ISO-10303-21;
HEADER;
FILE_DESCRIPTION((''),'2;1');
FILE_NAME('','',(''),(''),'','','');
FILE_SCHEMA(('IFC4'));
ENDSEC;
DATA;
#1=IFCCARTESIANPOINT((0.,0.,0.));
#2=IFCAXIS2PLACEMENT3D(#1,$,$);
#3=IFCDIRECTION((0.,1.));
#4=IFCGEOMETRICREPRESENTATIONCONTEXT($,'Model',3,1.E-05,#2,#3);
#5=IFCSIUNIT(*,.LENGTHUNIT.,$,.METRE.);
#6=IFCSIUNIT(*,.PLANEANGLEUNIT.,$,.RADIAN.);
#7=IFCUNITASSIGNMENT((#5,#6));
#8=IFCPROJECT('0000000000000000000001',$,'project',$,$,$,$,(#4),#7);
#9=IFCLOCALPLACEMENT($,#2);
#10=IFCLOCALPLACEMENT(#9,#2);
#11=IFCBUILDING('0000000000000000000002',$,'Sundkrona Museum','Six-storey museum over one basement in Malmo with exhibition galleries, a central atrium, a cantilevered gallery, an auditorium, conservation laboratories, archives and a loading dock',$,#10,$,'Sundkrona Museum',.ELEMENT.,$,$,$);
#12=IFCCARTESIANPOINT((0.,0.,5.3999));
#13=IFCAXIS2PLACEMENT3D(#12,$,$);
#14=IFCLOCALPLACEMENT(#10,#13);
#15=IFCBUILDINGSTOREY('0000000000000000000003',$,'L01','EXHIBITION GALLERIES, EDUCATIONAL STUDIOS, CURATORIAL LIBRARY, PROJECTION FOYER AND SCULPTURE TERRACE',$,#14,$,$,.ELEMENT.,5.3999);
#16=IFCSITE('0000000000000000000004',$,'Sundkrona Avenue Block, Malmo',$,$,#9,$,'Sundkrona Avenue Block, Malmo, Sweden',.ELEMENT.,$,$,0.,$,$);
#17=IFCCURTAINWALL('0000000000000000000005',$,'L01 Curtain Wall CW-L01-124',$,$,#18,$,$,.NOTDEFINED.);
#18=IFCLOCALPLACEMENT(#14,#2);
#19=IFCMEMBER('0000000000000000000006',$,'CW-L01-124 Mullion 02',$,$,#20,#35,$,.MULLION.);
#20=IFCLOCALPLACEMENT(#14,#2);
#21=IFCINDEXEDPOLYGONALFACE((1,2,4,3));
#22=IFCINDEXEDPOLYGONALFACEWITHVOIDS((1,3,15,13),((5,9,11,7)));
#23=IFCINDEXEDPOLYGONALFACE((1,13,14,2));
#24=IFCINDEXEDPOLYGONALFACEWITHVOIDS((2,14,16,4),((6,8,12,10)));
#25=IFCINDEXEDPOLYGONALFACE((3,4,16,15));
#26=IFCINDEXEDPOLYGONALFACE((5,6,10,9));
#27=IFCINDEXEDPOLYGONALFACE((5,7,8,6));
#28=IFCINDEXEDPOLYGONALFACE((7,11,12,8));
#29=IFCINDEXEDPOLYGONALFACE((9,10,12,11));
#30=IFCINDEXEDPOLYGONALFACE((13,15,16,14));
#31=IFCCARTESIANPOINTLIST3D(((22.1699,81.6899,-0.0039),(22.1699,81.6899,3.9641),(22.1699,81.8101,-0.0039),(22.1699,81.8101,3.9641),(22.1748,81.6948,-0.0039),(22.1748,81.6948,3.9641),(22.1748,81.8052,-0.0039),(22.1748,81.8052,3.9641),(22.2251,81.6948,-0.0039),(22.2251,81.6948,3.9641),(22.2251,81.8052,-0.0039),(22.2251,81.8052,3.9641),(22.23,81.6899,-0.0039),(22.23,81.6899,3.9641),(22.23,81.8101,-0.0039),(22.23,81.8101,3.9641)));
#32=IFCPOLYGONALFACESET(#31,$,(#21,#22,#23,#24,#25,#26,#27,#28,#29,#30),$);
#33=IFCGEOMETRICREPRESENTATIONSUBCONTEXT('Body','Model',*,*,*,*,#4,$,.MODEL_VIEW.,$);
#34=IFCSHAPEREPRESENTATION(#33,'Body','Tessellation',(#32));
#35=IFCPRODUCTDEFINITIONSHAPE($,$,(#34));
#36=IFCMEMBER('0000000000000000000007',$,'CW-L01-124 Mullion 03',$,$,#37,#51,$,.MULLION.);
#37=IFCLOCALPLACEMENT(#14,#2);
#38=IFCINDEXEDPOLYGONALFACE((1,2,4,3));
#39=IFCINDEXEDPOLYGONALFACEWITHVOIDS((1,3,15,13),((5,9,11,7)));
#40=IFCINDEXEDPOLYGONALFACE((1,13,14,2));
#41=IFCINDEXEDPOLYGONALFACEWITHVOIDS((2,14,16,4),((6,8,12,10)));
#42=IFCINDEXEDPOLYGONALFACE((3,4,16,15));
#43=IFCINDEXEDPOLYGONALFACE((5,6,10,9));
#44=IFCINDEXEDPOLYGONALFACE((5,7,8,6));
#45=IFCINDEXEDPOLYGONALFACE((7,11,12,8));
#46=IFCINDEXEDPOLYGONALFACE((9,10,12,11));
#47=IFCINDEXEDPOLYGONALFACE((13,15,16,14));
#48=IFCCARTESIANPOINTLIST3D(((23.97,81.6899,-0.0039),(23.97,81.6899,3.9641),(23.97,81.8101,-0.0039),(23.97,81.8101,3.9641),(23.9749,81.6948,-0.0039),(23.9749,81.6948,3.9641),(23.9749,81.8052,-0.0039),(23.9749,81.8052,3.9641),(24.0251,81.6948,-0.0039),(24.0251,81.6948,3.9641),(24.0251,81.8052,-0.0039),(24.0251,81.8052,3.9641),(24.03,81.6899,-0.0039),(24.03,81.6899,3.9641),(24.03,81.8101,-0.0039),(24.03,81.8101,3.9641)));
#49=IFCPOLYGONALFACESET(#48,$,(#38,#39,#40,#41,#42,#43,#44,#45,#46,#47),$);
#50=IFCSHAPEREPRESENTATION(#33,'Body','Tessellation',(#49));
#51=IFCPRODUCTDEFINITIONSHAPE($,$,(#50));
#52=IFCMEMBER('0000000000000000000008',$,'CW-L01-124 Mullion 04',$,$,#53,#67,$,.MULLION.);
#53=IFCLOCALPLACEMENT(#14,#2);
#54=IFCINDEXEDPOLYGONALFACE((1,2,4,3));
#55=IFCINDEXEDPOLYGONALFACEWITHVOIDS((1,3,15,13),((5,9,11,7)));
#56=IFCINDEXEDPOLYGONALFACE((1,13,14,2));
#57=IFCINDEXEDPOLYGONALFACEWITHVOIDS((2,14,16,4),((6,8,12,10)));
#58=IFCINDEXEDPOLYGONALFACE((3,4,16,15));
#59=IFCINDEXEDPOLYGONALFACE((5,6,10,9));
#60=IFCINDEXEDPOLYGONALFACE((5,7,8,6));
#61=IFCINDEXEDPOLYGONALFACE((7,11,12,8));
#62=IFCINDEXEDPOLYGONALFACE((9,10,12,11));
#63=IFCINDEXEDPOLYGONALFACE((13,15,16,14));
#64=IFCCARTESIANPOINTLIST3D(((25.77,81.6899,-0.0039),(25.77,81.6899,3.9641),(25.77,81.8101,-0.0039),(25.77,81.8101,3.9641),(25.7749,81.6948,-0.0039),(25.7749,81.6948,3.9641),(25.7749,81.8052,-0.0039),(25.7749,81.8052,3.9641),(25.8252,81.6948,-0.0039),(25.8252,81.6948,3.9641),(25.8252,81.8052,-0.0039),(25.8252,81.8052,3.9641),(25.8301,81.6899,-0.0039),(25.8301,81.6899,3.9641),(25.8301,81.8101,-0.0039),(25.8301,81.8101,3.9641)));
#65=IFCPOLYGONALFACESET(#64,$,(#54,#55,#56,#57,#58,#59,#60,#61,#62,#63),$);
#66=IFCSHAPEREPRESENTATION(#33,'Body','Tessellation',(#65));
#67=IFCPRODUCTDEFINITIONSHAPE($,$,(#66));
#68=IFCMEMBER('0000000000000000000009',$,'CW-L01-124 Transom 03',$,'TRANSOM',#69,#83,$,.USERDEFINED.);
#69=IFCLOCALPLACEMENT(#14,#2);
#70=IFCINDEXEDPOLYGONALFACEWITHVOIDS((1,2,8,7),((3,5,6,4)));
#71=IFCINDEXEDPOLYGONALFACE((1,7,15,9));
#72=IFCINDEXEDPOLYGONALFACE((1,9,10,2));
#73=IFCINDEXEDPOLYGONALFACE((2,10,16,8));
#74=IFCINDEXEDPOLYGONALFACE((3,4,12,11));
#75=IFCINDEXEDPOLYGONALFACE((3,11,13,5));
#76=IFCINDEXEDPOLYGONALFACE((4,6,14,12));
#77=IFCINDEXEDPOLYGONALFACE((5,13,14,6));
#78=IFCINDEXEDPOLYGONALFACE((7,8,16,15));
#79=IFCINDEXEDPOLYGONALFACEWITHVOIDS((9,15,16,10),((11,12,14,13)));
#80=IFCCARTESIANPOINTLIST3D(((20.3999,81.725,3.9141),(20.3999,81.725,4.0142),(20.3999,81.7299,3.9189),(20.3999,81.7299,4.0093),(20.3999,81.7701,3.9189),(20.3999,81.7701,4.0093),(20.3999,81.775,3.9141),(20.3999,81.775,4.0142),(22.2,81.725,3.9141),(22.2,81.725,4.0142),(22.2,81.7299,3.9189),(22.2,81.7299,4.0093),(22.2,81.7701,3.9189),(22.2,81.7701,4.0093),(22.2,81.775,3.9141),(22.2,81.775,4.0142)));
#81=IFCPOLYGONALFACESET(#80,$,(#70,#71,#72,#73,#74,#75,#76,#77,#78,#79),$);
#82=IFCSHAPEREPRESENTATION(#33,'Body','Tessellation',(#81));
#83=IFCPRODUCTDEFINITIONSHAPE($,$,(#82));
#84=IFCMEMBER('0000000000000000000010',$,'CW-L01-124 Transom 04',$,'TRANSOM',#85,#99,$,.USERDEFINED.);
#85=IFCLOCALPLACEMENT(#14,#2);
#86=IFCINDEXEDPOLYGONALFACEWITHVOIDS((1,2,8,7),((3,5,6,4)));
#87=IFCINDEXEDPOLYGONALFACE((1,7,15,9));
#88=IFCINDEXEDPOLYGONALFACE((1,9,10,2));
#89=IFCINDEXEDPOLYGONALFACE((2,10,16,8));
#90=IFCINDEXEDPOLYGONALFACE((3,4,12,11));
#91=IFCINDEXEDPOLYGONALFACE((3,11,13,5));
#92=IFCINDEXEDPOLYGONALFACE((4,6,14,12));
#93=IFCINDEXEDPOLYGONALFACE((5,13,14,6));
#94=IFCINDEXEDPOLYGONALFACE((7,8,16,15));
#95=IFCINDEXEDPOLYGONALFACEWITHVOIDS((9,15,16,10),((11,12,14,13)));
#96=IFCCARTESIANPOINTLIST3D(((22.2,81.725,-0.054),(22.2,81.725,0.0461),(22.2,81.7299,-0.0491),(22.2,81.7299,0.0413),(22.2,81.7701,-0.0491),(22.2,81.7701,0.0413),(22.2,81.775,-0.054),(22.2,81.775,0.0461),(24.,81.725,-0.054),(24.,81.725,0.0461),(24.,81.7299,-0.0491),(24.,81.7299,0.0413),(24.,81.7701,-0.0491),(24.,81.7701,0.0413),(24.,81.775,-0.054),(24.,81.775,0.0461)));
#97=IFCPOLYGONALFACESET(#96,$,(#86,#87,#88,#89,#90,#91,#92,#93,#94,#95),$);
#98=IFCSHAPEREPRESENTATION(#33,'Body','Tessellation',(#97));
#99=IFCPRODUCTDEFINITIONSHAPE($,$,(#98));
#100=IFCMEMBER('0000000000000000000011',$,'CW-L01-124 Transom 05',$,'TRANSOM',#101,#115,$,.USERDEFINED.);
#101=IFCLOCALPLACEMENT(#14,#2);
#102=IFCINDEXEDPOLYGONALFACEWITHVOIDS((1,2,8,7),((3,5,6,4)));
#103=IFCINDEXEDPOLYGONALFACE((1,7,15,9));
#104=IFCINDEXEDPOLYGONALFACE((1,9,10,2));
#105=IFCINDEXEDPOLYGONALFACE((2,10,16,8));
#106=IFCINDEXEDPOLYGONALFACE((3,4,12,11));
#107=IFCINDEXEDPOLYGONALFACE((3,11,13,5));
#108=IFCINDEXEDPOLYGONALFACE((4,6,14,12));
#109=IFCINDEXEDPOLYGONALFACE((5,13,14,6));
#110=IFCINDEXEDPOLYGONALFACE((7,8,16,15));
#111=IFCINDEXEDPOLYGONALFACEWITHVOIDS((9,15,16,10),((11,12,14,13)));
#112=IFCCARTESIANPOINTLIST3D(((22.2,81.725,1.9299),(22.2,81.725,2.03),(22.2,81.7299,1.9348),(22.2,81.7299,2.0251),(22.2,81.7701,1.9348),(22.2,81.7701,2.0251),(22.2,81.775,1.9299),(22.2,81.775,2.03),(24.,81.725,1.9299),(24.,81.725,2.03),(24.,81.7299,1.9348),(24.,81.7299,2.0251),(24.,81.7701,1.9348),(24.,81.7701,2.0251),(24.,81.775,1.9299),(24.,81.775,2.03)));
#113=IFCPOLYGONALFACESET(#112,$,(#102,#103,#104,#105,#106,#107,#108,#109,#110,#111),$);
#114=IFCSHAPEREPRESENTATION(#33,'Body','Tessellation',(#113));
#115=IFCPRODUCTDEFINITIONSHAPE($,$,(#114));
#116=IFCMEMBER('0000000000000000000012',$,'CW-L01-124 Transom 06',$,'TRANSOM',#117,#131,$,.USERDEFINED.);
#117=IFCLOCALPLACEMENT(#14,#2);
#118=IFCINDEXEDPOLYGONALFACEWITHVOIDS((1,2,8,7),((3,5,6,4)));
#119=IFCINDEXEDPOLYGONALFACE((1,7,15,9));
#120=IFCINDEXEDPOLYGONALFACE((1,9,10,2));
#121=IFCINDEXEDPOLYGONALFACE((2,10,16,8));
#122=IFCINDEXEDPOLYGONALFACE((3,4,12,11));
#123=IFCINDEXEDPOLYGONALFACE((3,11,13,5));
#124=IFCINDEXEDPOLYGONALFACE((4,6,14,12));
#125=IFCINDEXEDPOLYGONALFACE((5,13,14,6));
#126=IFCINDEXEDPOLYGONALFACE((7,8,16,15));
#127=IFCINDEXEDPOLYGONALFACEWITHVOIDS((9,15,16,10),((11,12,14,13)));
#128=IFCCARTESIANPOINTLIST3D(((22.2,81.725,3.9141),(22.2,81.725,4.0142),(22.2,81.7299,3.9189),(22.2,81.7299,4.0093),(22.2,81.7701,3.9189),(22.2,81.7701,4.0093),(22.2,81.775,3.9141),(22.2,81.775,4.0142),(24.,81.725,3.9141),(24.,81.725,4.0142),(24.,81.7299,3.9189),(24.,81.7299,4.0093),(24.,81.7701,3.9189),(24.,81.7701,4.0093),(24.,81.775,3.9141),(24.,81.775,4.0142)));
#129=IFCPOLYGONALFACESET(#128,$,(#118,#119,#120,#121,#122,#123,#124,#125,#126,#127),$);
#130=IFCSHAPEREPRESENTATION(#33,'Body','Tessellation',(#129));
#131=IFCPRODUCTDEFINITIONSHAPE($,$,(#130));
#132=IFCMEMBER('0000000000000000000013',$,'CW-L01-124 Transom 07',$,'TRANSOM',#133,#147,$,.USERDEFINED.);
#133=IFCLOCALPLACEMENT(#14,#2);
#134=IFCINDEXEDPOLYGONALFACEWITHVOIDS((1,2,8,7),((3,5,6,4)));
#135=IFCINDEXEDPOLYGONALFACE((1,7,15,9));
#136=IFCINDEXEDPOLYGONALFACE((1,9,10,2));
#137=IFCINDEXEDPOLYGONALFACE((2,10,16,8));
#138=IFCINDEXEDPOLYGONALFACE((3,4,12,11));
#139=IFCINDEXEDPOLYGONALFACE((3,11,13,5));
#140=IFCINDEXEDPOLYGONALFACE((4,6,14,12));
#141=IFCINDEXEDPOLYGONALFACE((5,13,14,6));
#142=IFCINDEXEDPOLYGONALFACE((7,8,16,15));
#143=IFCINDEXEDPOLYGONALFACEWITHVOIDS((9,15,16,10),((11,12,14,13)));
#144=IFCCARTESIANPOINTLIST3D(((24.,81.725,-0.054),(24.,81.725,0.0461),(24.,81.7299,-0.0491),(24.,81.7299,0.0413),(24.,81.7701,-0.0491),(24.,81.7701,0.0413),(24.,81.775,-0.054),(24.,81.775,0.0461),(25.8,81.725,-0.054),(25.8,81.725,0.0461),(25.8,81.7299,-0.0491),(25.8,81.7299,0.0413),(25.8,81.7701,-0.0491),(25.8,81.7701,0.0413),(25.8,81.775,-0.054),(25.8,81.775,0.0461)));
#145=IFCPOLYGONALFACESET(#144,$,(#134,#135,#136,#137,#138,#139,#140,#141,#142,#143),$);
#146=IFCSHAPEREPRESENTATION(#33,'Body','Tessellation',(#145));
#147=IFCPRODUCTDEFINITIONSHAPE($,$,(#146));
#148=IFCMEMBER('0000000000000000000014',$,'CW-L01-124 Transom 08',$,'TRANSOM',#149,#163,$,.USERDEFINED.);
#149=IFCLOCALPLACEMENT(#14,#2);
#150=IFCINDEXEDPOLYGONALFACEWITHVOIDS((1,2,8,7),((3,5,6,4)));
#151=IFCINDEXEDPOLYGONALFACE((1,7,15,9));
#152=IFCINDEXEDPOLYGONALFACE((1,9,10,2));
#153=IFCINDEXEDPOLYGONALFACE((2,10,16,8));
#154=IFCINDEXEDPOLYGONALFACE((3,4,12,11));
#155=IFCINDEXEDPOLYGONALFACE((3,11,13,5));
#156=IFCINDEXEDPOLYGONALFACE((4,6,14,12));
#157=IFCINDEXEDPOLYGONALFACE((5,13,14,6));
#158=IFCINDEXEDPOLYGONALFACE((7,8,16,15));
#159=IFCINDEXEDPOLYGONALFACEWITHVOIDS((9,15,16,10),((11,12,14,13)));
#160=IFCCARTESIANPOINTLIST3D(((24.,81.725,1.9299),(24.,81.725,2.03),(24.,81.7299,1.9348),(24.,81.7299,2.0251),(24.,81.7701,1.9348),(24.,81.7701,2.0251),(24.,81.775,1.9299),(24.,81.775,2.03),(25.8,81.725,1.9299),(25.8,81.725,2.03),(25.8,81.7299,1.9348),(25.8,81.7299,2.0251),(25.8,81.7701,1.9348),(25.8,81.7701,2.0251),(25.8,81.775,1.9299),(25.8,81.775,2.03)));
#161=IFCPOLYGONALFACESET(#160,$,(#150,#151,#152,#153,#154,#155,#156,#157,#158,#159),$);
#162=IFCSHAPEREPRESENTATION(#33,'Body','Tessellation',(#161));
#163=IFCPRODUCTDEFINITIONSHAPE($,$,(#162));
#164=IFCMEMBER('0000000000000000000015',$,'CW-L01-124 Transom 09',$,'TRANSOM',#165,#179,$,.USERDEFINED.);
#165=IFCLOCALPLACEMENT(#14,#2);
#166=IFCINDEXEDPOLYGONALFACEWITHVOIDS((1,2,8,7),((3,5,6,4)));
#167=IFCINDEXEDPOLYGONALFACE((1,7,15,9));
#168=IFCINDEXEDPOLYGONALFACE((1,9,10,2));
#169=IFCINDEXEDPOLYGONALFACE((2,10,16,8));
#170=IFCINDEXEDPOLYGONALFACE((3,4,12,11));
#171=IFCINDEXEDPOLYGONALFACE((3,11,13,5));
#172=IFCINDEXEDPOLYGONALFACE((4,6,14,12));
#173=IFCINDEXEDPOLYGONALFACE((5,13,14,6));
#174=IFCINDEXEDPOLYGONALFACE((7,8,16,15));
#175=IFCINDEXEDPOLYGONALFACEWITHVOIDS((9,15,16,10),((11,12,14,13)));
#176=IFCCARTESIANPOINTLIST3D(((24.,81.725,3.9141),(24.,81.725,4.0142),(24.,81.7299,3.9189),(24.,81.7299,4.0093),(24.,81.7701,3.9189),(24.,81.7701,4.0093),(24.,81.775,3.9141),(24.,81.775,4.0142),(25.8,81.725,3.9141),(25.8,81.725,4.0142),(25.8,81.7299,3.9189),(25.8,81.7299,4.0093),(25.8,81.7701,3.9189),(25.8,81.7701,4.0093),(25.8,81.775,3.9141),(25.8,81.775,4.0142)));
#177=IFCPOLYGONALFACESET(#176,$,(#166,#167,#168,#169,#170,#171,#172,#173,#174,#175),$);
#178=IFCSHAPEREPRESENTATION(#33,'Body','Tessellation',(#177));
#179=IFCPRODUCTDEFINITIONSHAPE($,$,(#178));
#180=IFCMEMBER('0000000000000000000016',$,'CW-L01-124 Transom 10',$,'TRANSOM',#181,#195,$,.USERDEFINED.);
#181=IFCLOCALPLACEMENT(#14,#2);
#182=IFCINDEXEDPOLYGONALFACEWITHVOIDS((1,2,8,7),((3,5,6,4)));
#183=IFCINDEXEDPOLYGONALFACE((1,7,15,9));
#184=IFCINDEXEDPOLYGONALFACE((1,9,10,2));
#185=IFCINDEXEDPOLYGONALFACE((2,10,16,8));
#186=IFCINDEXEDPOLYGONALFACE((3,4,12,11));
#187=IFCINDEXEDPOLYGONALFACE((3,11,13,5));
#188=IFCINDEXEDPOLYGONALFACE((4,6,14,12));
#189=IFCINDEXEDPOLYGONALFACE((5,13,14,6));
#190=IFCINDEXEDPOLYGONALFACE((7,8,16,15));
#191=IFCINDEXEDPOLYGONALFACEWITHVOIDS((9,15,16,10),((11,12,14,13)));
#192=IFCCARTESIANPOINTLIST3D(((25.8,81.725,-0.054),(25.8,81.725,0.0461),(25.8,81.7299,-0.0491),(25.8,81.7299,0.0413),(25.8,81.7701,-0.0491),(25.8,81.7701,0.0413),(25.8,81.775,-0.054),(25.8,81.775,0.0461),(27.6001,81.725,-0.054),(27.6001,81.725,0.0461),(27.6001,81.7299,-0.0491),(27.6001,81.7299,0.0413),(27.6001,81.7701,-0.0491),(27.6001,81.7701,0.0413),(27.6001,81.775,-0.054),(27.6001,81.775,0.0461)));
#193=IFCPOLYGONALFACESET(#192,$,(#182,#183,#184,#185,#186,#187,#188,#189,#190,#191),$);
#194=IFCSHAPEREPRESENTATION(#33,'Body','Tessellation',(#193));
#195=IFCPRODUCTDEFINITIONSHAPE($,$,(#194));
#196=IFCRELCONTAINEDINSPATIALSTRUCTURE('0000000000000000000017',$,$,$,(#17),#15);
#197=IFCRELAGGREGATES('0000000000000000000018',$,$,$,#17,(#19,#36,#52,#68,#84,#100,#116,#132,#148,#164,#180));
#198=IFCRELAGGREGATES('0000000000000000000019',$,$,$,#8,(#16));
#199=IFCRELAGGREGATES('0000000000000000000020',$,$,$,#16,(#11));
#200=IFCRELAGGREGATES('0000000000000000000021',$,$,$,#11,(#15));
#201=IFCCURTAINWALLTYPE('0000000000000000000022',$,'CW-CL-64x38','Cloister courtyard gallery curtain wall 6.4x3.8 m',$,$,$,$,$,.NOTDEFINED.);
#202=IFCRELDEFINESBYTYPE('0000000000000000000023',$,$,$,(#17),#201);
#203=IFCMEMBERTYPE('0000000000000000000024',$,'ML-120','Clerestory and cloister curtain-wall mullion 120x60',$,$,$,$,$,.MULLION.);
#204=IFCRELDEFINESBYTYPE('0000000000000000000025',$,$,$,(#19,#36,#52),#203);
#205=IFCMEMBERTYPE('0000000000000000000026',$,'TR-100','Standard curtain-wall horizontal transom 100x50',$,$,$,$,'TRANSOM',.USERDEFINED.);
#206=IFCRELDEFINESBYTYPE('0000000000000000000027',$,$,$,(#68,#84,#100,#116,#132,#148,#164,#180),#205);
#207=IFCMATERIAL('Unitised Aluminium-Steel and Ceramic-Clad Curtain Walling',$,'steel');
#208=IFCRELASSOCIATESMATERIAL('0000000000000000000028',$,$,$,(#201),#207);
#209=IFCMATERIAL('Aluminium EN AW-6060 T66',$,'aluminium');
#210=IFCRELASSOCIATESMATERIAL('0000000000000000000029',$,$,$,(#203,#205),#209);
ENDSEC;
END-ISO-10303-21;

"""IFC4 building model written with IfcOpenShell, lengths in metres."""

from ifc_helpers import new_model, si_unit, direction, frame, origin, origin_2d, place, context, subcontext, project, spatial, hollow_rectangle, extrude, material, material_profile, profile_set, type_object, element, aggregate, save


model = new_model("IFC4")

# Units and contexts
model_context = context("Model", 3, precision=1e-05, world=origin(), true_north=direction((0.0, 1.0)))
body_context = subcontext(model_context, "Body", "Model", "MODEL_VIEW")
ifc_project = project(units=[si_unit("LENGTHUNIT", "METRE"), si_unit("PLANEANGLEUNIT", "RADIAN")], contexts=[model_context])

# Site, building, storey
site_placement = place(None, origin())
site = spatial("IfcSite", under=ifc_project, at=site_placement, Name="Sundkrona Avenue Block, Malmo", LongName="Sundkrona Avenue Block, Malmo, Sweden", CompositionType="ELEMENT", RefElevation=0.0)
building_placement = place(site_placement, origin())
building = spatial("IfcBuilding", under=site, at=building_placement, Name="Sundkrona Museum", Description="Six-storey museum over one basement in Malmo with exhibition galleries, a central atrium, a cantilevered gallery, an auditorium, conservation laboratories, archives and a loading dock", LongName="Sundkrona Museum", CompositionType="ELEMENT")
storey_placement = place(building_placement, frame((0.0, 0.0, 5.3999)))
storey = spatial("IfcBuildingStorey", under=building, at=storey_placement, Name="L01", Description="EXHIBITION GALLERIES, EDUCATIONAL STUDIOS, CURATORIAL LIBRARY, PROJECTION FOYER AND SCULPTURE TERRACE", CompositionType="ELEMENT", Elevation=5.3999)

# Curtain wall, members
ifc_material_1 = material(Name="Unitised Aluminium-Steel and Ceramic-Clad Curtain Walling", Category="steel")
curtain_wall_type = type_object("IfcCurtainWallType", Name="CW-CL-64x38", Description="Cloister courtyard gallery curtain wall 6.4x3.8 m", PredefinedType="NOTDEFINED", material=ifc_material_1)
curtain_wall_placement = place(storey_placement, origin())
curtain_wall = element("IfcCurtainWall", 1, at=curtain_wall_placement, inside=storey, type_object=curtain_wall_type, Name="L01 Curtain Wall CW-L01-124", PredefinedType="NOTDEFINED")
ifc_material_2 = material(Name="Aluminium EN AW-6060 T66", Category="aluminium")
ifc_material_profile_1 = material_profile(ifc_material_2, hollow_rectangle(XDim=0.0601, YDim=0.1201, WallThickness=0.0049, at=origin_2d()), Name="RHS 120x60x5.0")
ifc_profile_set_1 = profile_set([ifc_material_profile_1], Name="Aluminium EN AW-6060 T66")
member_type_1 = type_object("IfcMemberType", Name="ML-120", Description="Clerestory and cloister curtain-wall mullion 120x60", PredefinedType="MULLION", material=ifc_profile_set_1)
member_1_placement = place(storey_placement, frame((22.2, 81.75, -0.0039), z_axis=(0.0, 0.0, 1.0), x_axis=(1.0, 0.0, 0.0)))
member_1 = element("IfcMember", 2, at=member_1_placement, type_object=member_type_1, Name="CW-L01-124 Mullion 02", PredefinedType="MULLION", context=body_context, shape_type="SweptSolid", body=[
    extrude(hollow_rectangle(XDim=0.0601, YDim=0.1201, WallThickness=0.0049, at=origin_2d()), origin(), (0.0, 0.0, 1.0), 3.968),
])
member_2_placement = place(storey_placement, frame((24.0, 81.75, -0.0039), z_axis=(0.0, 0.0, 1.0), x_axis=(1.0, 0.0, 0.0)))
member_2 = element("IfcMember", 3, at=member_2_placement, type_object=member_type_1, Name="CW-L01-124 Mullion 03", PredefinedType="MULLION", context=body_context, shape_type="SweptSolid", body=[
    extrude(hollow_rectangle(XDim=0.0601, YDim=0.1201, WallThickness=0.0049, at=origin_2d()), origin(), (0.0, 0.0, 1.0), 3.968),
])
member_3_placement = place(storey_placement, frame((25.8, 81.75, -0.0039), z_axis=(0.0, 0.0, 1.0), x_axis=(1.0, 0.0, 0.0)))
member_3 = element("IfcMember", 4, at=member_3_placement, type_object=member_type_1, Name="CW-L01-124 Mullion 04", PredefinedType="MULLION", context=body_context, shape_type="SweptSolid", body=[
    extrude(hollow_rectangle(XDim=0.0601, YDim=0.1201, WallThickness=0.0049, at=origin_2d()), origin(), (0.0, 0.0, 1.0), 3.968),
])
ifc_material_profile_2 = material_profile(ifc_material_2, hollow_rectangle(XDim=0.05, YDim=0.1001, WallThickness=0.0049, at=origin_2d()), Name="RHS 100x50x5.0")
ifc_profile_set_2 = profile_set([ifc_material_profile_2], Name="Aluminium EN AW-6060 T66")
member_type_2 = type_object("IfcMemberType", Name="TR-100", Description="Standard curtain-wall horizontal transom 100x50", ElementType="TRANSOM", PredefinedType="USERDEFINED", material=ifc_profile_set_2)
member_4_placement = place(storey_placement, frame((20.3999, 81.75, 3.9641), z_axis=(1.0, 0.0, 0.0), x_axis=(0.0, 1.0, 0.0)))
member_4 = element("IfcMember", 5, at=member_4_placement, type_object=member_type_2, Name="CW-L01-124 Transom 03", ObjectType="TRANSOM", PredefinedType="USERDEFINED", context=body_context, shape_type="SweptSolid", body=[
    extrude(hollow_rectangle(XDim=0.05, YDim=0.1001, WallThickness=0.0049, at=origin_2d()), origin(), (0.0, 0.0, 1.0), 1.8),
])
member_5_placement = place(storey_placement, frame((22.2, 81.75, -0.0039), z_axis=(1.0, 0.0, 0.0), x_axis=(0.0, 1.0, 0.0)))
member_5 = element("IfcMember", 6, at=member_5_placement, type_object=member_type_2, Name="CW-L01-124 Transom 04", ObjectType="TRANSOM", PredefinedType="USERDEFINED", context=body_context, shape_type="SweptSolid", body=[
    extrude(hollow_rectangle(XDim=0.05, YDim=0.1001, WallThickness=0.0049, at=origin_2d()), origin(), (0.0, 0.0, 1.0), 1.8),
])
member_6_placement = place(storey_placement, frame((22.2, 81.75, 1.98), z_axis=(1.0, 0.0, 0.0), x_axis=(0.0, 1.0, 0.0)))
member_6 = element("IfcMember", 7, at=member_6_placement, type_object=member_type_2, Name="CW-L01-124 Transom 05", ObjectType="TRANSOM", PredefinedType="USERDEFINED", context=body_context, shape_type="SweptSolid", body=[
    extrude(hollow_rectangle(XDim=0.05, YDim=0.1001, WallThickness=0.0049, at=origin_2d()), origin(), (0.0, 0.0, 1.0), 1.8),
])
member_7_placement = place(storey_placement, frame((22.2, 81.75, 3.9641), z_axis=(1.0, 0.0, 0.0), x_axis=(0.0, 1.0, 0.0)))
member_7 = element("IfcMember", 8, at=member_7_placement, type_object=member_type_2, Name="CW-L01-124 Transom 06", ObjectType="TRANSOM", PredefinedType="USERDEFINED", context=body_context, shape_type="SweptSolid", body=[
    extrude(hollow_rectangle(XDim=0.05, YDim=0.1001, WallThickness=0.0049, at=origin_2d()), origin(), (0.0, 0.0, 1.0), 1.8),
])
member_8_placement = place(storey_placement, frame((24.0, 81.75, -0.0039), z_axis=(1.0, 0.0, 0.0), x_axis=(0.0, 1.0, 0.0)))
member_8 = element("IfcMember", 9, at=member_8_placement, type_object=member_type_2, Name="CW-L01-124 Transom 07", ObjectType="TRANSOM", PredefinedType="USERDEFINED", context=body_context, shape_type="SweptSolid", body=[
    extrude(hollow_rectangle(XDim=0.05, YDim=0.1001, WallThickness=0.0049, at=origin_2d()), origin(), (0.0, 0.0, 1.0), 1.8),
])
member_9_placement = place(storey_placement, frame((24.0, 81.75, 1.98), z_axis=(1.0, 0.0, 0.0), x_axis=(0.0, 1.0, 0.0)))
member_9 = element("IfcMember", 10, at=member_9_placement, type_object=member_type_2, Name="CW-L01-124 Transom 08", ObjectType="TRANSOM", PredefinedType="USERDEFINED", context=body_context, shape_type="SweptSolid", body=[
    extrude(hollow_rectangle(XDim=0.05, YDim=0.1001, WallThickness=0.0049, at=origin_2d()), origin(), (0.0, 0.0, 1.0), 1.8),
])
member_10_placement = place(storey_placement, frame((24.0, 81.75, 3.9641), z_axis=(1.0, 0.0, 0.0), x_axis=(0.0, 1.0, 0.0)))
member_10 = element("IfcMember", 11, at=member_10_placement, type_object=member_type_2, Name="CW-L01-124 Transom 09", ObjectType="TRANSOM", PredefinedType="USERDEFINED", context=body_context, shape_type="SweptSolid", body=[
    extrude(hollow_rectangle(XDim=0.05, YDim=0.1001, WallThickness=0.0049, at=origin_2d()), origin(), (0.0, 0.0, 1.0), 1.8),
])
member_11_placement = place(storey_placement, frame((25.8, 81.75, -0.0039), z_axis=(1.0, 0.0, 0.0), x_axis=(0.0, 1.0, 0.0)))
member_11 = element("IfcMember", 12, at=member_11_placement, type_object=member_type_2, Name="CW-L01-124 Transom 10", ObjectType="TRANSOM", PredefinedType="USERDEFINED", context=body_context, shape_type="SweptSolid", body=[
    extrude(hollow_rectangle(XDim=0.05, YDim=0.1001, WallThickness=0.0049, at=origin_2d()), origin(), (0.0, 0.0, 1.0), 1.8),
])
aggregate(curtain_wall, [member_1, member_2, member_3, member_4, member_5, member_6, member_7, member_8, member_9, member_10, member_11])

save(model, "model.ifc")
